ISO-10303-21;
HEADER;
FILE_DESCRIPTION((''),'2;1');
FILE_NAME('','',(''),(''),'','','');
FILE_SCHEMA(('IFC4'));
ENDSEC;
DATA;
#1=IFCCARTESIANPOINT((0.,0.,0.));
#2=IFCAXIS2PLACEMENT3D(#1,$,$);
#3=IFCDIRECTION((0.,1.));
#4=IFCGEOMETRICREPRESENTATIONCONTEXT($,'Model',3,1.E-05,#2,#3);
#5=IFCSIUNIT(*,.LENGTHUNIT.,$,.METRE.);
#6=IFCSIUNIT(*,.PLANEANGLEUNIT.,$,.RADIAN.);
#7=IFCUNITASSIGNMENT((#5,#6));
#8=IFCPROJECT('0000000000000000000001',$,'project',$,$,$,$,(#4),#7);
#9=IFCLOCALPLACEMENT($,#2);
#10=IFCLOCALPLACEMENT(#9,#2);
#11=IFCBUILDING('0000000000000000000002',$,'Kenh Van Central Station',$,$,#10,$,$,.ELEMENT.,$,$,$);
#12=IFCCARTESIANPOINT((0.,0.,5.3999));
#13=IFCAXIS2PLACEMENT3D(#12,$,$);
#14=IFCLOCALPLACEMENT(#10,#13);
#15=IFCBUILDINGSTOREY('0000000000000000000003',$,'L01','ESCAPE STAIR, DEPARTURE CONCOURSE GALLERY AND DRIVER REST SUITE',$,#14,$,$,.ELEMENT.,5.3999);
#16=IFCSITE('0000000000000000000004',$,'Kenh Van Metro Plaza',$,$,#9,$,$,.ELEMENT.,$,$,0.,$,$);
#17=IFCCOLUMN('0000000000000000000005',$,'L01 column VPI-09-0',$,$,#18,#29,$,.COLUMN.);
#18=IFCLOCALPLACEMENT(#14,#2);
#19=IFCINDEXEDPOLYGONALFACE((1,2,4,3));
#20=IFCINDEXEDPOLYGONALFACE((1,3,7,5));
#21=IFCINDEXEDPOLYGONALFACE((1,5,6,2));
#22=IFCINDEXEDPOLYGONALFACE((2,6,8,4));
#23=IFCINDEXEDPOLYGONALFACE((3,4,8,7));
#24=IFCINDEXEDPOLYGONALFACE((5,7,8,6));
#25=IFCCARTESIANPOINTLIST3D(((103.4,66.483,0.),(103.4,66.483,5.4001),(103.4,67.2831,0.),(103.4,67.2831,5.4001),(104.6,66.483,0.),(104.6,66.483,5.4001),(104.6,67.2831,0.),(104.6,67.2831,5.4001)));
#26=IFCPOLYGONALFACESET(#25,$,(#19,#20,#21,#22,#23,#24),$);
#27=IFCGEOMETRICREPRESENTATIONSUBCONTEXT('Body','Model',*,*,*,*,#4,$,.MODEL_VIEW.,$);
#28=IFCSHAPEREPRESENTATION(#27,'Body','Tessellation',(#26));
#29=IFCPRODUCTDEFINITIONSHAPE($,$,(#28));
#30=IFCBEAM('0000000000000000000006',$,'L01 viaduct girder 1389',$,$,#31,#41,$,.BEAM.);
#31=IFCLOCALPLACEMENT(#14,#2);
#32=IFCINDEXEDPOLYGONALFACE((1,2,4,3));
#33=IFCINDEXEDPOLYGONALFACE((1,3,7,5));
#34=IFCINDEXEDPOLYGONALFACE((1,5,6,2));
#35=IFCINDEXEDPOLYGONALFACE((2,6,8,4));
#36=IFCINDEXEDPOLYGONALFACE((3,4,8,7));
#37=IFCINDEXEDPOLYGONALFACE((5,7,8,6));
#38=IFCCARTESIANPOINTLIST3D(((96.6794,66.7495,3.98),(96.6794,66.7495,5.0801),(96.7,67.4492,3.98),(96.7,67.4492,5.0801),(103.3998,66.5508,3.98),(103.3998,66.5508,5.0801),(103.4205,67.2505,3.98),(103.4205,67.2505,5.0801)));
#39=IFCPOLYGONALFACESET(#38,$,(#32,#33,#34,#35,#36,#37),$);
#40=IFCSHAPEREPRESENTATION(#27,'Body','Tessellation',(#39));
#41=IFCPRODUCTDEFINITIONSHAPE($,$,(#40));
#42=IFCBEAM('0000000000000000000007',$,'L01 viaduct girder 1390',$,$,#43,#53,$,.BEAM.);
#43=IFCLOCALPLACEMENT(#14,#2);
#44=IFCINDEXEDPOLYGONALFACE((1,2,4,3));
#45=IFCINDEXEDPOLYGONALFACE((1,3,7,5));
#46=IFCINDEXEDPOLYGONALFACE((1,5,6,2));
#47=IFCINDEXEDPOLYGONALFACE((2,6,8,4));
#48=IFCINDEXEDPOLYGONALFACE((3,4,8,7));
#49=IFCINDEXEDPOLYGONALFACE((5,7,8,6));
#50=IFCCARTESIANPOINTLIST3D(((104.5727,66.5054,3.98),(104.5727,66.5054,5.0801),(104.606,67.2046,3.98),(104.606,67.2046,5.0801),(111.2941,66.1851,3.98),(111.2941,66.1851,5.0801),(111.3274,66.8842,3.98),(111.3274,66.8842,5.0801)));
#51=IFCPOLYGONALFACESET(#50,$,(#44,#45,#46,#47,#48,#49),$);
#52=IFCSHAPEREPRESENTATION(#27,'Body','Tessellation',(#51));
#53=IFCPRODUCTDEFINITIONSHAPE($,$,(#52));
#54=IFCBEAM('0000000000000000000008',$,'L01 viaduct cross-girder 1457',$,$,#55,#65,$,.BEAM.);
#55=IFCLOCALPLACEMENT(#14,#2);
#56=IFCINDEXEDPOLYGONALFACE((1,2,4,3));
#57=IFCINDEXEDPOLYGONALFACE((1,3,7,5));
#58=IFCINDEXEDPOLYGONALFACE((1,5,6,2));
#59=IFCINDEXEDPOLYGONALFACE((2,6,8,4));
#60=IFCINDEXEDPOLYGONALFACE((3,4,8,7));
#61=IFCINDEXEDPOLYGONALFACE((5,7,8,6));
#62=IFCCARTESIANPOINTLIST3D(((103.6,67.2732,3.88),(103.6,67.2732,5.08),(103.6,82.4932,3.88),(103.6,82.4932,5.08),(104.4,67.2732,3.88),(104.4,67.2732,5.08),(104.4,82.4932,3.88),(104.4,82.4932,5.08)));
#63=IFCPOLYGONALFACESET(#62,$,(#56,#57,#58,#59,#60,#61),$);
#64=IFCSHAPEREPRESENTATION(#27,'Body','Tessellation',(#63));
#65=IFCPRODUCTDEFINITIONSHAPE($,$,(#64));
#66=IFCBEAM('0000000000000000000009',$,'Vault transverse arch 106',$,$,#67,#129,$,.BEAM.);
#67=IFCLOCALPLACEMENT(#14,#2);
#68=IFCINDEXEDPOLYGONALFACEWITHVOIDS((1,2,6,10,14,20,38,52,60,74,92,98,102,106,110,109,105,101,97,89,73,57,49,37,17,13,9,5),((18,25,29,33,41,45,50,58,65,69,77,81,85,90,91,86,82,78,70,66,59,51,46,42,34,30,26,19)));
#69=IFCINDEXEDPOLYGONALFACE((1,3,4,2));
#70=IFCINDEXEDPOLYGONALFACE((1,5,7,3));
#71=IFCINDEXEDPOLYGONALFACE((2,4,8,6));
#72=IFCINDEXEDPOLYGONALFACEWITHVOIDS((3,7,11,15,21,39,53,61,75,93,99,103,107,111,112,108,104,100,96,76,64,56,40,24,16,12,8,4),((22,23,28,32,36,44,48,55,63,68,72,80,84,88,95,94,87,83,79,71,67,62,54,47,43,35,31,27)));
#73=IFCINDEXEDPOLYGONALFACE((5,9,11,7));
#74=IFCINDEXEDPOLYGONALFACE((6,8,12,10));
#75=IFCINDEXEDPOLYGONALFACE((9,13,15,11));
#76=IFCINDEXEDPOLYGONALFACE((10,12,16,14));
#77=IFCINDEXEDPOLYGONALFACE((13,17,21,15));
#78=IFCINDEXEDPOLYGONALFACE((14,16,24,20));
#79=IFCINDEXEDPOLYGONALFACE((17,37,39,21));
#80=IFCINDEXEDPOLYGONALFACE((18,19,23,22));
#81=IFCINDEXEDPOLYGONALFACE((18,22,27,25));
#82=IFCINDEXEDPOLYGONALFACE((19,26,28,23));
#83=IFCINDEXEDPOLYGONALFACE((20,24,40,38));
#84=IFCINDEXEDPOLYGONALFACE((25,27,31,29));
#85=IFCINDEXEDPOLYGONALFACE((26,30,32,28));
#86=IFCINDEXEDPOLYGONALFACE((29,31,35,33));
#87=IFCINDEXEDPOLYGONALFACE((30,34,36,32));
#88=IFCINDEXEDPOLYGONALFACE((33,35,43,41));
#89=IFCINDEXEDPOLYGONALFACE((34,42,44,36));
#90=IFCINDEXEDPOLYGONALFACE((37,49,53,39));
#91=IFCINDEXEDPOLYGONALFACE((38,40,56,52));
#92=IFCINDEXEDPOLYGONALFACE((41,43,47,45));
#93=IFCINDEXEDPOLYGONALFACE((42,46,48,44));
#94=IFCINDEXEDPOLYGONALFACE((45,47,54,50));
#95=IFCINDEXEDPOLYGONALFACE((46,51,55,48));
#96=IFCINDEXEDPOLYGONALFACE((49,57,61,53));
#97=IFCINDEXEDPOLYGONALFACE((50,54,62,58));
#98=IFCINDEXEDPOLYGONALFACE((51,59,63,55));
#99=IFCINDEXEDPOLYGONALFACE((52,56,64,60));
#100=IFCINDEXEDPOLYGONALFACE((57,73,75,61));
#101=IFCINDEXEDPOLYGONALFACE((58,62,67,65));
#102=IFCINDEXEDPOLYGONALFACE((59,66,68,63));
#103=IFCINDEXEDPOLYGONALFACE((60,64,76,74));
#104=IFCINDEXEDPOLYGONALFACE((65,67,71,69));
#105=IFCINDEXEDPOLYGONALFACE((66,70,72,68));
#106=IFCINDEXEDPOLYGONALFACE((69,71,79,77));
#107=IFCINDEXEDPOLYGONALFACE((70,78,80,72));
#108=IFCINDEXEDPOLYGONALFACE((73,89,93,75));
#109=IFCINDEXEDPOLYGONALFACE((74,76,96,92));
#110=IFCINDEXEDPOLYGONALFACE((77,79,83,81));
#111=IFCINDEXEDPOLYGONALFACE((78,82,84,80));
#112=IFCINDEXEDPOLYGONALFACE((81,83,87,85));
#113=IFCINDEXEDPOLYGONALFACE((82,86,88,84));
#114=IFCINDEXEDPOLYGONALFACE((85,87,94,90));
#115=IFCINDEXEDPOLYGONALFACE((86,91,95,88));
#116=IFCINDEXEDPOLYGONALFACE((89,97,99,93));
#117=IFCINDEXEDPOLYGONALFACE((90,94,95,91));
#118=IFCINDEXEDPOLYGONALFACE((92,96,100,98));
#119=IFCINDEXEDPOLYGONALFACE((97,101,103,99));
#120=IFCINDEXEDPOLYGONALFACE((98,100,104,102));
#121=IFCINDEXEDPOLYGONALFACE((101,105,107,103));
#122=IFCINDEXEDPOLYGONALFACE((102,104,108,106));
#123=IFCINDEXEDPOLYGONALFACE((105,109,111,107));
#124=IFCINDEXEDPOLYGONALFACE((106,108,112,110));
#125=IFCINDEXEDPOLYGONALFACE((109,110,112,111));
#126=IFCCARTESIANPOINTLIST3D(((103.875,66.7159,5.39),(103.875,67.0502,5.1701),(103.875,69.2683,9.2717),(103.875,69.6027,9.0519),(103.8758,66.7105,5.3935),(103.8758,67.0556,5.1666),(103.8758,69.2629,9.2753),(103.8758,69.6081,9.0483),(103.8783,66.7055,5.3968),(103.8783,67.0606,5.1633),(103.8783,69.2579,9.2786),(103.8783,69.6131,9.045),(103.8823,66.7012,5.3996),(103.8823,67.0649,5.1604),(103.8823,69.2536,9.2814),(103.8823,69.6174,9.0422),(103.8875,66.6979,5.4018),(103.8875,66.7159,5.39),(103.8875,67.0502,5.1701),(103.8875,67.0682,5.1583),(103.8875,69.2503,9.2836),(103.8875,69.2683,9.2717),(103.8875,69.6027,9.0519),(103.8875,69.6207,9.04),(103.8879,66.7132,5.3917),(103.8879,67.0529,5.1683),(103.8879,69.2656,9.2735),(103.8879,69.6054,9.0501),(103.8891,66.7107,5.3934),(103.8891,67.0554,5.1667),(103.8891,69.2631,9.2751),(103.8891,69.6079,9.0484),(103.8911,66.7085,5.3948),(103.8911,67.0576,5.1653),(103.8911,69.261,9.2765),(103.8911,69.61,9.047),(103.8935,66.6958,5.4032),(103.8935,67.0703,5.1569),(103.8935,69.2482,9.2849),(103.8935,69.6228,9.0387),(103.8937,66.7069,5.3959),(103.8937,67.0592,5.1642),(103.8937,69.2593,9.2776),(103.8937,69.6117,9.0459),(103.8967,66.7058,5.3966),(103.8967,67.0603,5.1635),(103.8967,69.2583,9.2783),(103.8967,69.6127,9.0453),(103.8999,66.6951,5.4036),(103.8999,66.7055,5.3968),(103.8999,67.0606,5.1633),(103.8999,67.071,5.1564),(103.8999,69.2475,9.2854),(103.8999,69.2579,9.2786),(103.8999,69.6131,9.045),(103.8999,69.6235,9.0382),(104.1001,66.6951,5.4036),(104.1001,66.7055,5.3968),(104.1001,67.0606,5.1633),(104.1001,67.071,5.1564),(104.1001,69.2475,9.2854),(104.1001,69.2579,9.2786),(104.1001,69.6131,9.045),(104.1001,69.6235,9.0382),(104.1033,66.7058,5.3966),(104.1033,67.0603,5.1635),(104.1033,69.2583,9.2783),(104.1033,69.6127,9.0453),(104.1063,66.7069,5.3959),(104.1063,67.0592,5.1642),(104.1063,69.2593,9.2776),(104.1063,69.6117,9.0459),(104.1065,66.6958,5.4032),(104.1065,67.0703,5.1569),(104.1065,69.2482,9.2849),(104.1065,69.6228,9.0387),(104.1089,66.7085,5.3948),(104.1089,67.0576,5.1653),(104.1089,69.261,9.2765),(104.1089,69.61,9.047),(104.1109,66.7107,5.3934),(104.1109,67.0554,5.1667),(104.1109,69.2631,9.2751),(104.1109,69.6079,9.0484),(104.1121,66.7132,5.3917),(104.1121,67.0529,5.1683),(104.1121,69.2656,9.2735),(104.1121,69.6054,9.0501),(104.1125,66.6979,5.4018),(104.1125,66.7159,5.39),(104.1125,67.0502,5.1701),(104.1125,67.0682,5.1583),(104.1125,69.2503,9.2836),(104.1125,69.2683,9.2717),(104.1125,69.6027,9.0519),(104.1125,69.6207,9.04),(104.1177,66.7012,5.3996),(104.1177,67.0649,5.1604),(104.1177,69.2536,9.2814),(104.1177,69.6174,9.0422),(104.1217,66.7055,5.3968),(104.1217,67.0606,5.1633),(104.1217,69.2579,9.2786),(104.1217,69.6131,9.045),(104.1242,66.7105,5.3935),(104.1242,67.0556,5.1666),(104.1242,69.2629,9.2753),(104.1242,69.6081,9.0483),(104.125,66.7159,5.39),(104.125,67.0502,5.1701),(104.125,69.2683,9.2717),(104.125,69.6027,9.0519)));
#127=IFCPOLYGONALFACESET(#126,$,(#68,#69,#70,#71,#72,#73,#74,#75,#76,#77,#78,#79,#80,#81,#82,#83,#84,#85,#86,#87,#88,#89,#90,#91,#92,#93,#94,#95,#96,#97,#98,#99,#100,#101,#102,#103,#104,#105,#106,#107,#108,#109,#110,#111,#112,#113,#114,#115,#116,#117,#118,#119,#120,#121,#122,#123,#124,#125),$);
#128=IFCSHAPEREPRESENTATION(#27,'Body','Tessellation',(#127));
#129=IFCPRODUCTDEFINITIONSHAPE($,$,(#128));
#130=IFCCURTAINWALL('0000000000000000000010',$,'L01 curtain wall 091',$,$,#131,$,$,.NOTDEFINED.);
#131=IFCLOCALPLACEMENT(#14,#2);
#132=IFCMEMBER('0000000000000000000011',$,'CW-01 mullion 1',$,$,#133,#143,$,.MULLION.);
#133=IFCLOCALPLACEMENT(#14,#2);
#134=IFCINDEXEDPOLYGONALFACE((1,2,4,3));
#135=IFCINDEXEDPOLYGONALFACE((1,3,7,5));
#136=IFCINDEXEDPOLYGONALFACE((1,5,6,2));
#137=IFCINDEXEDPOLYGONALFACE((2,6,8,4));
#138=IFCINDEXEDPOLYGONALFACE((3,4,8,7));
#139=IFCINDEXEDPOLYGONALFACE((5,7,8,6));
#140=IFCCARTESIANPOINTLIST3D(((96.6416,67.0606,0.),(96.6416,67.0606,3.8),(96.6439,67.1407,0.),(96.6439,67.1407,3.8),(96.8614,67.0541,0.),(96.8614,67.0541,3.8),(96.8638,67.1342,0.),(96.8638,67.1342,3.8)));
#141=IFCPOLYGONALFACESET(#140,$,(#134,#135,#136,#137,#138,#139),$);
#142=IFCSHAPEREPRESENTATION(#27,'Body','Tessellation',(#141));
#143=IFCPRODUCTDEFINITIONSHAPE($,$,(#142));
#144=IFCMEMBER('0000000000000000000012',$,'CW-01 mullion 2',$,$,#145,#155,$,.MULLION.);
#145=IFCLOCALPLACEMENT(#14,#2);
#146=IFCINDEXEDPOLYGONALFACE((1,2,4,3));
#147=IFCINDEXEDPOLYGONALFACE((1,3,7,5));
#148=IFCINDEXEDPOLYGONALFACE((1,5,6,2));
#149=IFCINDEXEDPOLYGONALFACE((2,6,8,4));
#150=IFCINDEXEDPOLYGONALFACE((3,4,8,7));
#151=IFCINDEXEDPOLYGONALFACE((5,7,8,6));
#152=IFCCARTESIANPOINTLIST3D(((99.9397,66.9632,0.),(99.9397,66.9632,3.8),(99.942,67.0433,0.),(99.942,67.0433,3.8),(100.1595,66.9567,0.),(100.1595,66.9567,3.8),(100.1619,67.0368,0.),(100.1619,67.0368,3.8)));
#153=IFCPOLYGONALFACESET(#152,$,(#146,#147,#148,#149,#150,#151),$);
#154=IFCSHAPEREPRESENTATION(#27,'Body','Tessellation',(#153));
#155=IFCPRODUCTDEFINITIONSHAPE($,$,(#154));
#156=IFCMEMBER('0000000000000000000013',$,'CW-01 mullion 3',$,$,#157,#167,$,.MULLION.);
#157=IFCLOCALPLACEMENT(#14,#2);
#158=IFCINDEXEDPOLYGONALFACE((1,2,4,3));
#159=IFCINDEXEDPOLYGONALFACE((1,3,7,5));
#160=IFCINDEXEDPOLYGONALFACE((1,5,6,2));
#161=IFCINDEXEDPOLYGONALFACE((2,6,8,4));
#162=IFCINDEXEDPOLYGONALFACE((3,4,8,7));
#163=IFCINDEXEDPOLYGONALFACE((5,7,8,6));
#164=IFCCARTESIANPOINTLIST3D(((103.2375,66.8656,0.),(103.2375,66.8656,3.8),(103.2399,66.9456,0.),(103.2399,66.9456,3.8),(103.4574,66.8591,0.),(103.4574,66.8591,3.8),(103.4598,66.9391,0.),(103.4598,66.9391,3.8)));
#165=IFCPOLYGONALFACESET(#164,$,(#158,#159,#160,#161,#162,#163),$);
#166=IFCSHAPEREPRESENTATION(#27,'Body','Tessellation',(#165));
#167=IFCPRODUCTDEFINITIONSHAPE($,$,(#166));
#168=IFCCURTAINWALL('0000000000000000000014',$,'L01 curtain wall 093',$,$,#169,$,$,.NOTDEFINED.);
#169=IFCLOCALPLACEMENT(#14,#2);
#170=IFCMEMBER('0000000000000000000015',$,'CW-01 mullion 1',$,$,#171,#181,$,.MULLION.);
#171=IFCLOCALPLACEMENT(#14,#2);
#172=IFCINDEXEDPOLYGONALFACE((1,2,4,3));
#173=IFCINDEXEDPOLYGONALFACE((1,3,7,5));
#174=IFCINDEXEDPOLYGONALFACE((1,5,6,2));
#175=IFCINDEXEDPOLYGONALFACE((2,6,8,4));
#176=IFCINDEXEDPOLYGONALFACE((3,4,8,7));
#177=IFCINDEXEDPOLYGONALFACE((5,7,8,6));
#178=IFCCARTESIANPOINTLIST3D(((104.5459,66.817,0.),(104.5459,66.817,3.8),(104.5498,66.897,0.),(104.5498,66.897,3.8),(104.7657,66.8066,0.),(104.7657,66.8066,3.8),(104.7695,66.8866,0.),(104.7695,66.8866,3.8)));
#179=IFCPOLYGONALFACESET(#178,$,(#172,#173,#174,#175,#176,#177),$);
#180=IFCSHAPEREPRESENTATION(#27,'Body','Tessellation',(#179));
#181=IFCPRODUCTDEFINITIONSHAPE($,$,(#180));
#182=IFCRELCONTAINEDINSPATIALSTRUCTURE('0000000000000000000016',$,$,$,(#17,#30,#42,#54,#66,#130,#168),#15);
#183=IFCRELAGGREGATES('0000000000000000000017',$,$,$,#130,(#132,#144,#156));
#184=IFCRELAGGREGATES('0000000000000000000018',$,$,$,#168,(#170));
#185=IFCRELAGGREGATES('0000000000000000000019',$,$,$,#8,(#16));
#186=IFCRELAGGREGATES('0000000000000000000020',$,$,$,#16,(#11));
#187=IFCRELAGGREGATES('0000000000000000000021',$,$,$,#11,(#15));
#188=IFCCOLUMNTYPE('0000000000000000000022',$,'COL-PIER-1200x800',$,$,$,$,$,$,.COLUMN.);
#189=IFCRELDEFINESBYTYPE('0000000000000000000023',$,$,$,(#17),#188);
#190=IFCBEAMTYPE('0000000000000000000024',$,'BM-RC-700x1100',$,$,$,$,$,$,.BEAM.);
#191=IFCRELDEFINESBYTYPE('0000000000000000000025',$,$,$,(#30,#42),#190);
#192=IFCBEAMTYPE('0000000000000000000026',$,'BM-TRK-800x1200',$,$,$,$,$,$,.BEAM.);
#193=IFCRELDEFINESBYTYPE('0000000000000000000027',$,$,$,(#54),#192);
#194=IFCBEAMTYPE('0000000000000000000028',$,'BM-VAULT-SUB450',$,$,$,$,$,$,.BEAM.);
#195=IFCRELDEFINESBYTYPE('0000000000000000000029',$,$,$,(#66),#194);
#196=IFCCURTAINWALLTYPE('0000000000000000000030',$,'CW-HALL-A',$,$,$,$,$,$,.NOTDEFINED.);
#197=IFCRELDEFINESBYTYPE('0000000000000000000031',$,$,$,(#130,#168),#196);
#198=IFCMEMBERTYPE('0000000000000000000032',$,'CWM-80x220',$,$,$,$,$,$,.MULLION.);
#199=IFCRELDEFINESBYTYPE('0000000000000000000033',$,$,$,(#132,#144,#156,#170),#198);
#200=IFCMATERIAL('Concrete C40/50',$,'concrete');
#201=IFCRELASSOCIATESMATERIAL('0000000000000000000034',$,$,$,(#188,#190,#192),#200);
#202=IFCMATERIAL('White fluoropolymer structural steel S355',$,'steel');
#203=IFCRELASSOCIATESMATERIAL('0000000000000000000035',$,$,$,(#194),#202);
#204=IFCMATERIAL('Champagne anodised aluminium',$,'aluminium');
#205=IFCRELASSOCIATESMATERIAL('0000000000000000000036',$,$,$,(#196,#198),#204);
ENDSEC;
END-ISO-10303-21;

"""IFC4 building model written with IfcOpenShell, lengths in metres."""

from ifc_helpers import new_model, si_unit, direction, frame, origin, origin_2d, place, context, subcontext, project, spatial, rectangle, hollow_rectangle, extrude, material, material_profile, profile_set, type_object, element, aggregate, save


model = new_model("IFC4")

# Units and contexts
model_context = context("Model", 3, precision=1e-05, world=origin(), true_north=direction((0.0, 1.0)))
body_context = subcontext(model_context, "Body", "Model", "MODEL_VIEW")
ifc_project = project(units=[si_unit("LENGTHUNIT", "METRE"), si_unit("PLANEANGLEUNIT", "RADIAN")], contexts=[model_context])

# Site, building, storey
site_placement = place(None, origin())
site = spatial("IfcSite", under=ifc_project, at=site_placement, Name="Kenh Van Metro Plaza", CompositionType="ELEMENT", RefElevation=0.0)
building_placement = place(site_placement, origin())
building = spatial("IfcBuilding", under=site, at=building_placement, Name="Kenh Van Central Station", CompositionType="ELEMENT")
storey_placement = place(building_placement, frame((0.0, 0.0, 5.3999)))
storey = spatial("IfcBuildingStorey", under=building, at=storey_placement, Name="L01", Description="ESCAPE STAIR, DEPARTURE CONCOURSE GALLERY AND DRIVER REST SUITE", CompositionType="ELEMENT", Elevation=5.3999)

# Column
ifc_material_1 = material(Name="Concrete C40/50", Category="concrete")
ifc_material_profile_1 = material_profile(ifc_material_1, rectangle(XDim=1.2, YDim=0.8, at=origin_2d()), Name="RC 1200x800")
ifc_profile_set_1 = profile_set([ifc_material_profile_1], Name="Concrete C40/50")
column_type = type_object("IfcColumnType", Name="COL-PIER-1200x800", PredefinedType="COLUMN", material=ifc_profile_set_1)
column_placement = place(storey_placement, frame((104.0, 66.8831, 0.0), z_axis=(0.0, 0.0, 1.0), x_axis=(1.0, 0.0, 0.0)))
element("IfcColumn", 1, at=column_placement, inside=storey, type_object=column_type, Name="L01 column VPI-09-0", PredefinedType="COLUMN", context=body_context, shape_type="SweptSolid", body=[
    extrude(rectangle(XDim=1.2, YDim=0.8, at=origin_2d()), origin(), (0.0, 0.0, 1.0), 5.4001),
])

# Beams
ifc_material_profile_2 = material_profile(ifc_material_1, rectangle(XDim=0.7, YDim=1.1001, at=origin_2d()), Name="RC 700x1100")
ifc_profile_set_2 = profile_set([ifc_material_profile_2], Name="Concrete C40/50")
beam_type_1 = type_object("IfcBeamType", Name="BM-RC-700x1100", PredefinedType="BEAM", material=ifc_profile_set_2)
beam_1_placement = place(storey_placement, frame((96.6897, 67.0994, 4.53), z_axis=(0.999563, -0.029558, 0.0), x_axis=(0.029558, 0.999563, 0.0)))
element("IfcBeam", 2, at=beam_1_placement, inside=storey, type_object=beam_type_1, Name="L01 viaduct girder 1389", PredefinedType="BEAM", context=body_context, shape_type="SweptSolid", body=[
    extrude(rectangle(XDim=0.7, YDim=1.1001, at=origin_2d()), origin(), (0.0, 0.0, 1.0), 6.7234),
])
beam_2_placement = place(storey_placement, frame((104.5894, 66.855, 4.53), z_axis=(0.998866, -0.047601, 0.0), x_axis=(0.047601, 0.998866, 0.0)))
element("IfcBeam", 3, at=beam_2_placement, inside=storey, type_object=beam_type_1, Name="L01 viaduct girder 1390", PredefinedType="BEAM", context=body_context, shape_type="SweptSolid", body=[
    extrude(rectangle(XDim=0.7, YDim=1.1001, at=origin_2d()), origin(), (0.0, 0.0, 1.0), 6.729),
])
ifc_material_profile_3 = material_profile(ifc_material_1, rectangle(XDim=0.8, YDim=1.2, at=origin_2d()), Name="RC 800x1200")
ifc_profile_set_3 = profile_set([ifc_material_profile_3], Name="Concrete C40/50")
beam_type_2 = type_object("IfcBeamType", Name="BM-TRK-800x1200", PredefinedType="BEAM", material=ifc_profile_set_3)
beam_3_placement = place(storey_placement, frame((104.0, 67.2732, 4.48), z_axis=(0.0, 1.0, 0.0), x_axis=(-1.0, 0.0, 0.0)))
element("IfcBeam", 4, at=beam_3_placement, inside=storey, type_object=beam_type_2, Name="L01 viaduct cross-girder 1457", PredefinedType="BEAM", context=body_context, shape_type="SweptSolid", body=[
    extrude(rectangle(XDim=0.8, YDim=1.2, at=origin_2d()), origin(), (0.0, 0.0, 1.0), 15.22),
])
ifc_material_2 = material(Name="White fluoropolymer structural steel S355", Category="steel")
ifc_material_profile_4 = material_profile(ifc_material_2, hollow_rectangle(XDim=0.25, YDim=0.45, WallThickness=0.0125, InnerFilletRadius=0.0125, OuterFilletRadius=0.0249, at=origin_2d()), Name="RHS 450x250x12.5")
ifc_profile_set_4 = profile_set([ifc_material_profile_4], Name="White fluoropolymer structural steel S355")
beam_type_3 = type_object("IfcBeamType", Name="BM-VAULT-SUB450", PredefinedType="BEAM", material=ifc_profile_set_4)
beam_4_placement = place(storey_placement, frame((104.0, 66.8831, 5.28), z_axis=(0.0, 0.549414, 0.83555), x_axis=(-1.0, 0.0, 0.0)))
element("IfcBeam", 5, at=beam_4_placement, inside=storey, type_object=beam_type_3, Name="Vault transverse arch 106", PredefinedType="BEAM", context=body_context, shape_type="SweptSolid", body=[
    extrude(hollow_rectangle(XDim=0.25, YDim=0.45, WallThickness=0.0125, InnerFilletRadius=0.0125, OuterFilletRadius=0.0249, at=origin_2d()), origin(), (0.0, 0.0, 1.0), 4.6458),
])

# Curtain wall, members
ifc_material_3 = material(Name="Champagne anodised aluminium", Category="aluminium")
curtain_wall_type = type_object("IfcCurtainWallType", Name="CW-HALL-A", PredefinedType="NOTDEFINED", material=ifc_material_3)
curtain_wall_1_placement = place(storey_placement, origin())
curtain_wall_1 = element("IfcCurtainWall", 6, at=curtain_wall_1_placement, inside=storey, type_object=curtain_wall_type, Name="L01 curtain wall 091", PredefinedType="NOTDEFINED")
ifc_material_profile_5 = material_profile(ifc_material_3, rectangle(XDim=0.0801, YDim=0.22, at=origin_2d()), Name="AL 80x220")
ifc_profile_set_5 = profile_set([ifc_material_profile_5], Name="Champagne anodised aluminium")
member_type_1 = type_object("IfcMemberType", Name="CWM-80x220", PredefinedType="MULLION", material=ifc_profile_set_5)
member_1_placement = place(storey_placement, frame((96.7527, 67.0974, 0.0), z_axis=(0.0, 0.0, 1.0), x_axis=(0.029571, 0.999563, 0.0)))
member_1 = element("IfcMember", 7, at=member_1_placement, type_object=member_type_1, Name="CW-01 mullion 1", PredefinedType="MULLION", context=body_context, shape_type="SweptSolid", body=[
    extrude(rectangle(XDim=0.0801, YDim=0.22, at=origin_2d()), origin(), (0.0, 0.0, 1.0), 3.8),
])
member_2_placement = place(storey_placement, frame((100.0508, 67.0, 0.0), z_axis=(0.0, 0.0, 1.0), x_axis=(0.029571, 0.999563, 0.0)))
member_2 = element("IfcMember", 8, at=member_2_placement, type_object=member_type_1, Name="CW-01 mullion 2", PredefinedType="MULLION", context=body_context, shape_type="SweptSolid", body=[
    extrude(rectangle(XDim=0.0801, YDim=0.22, at=origin_2d()), origin(), (0.0, 0.0, 1.0), 3.8),
])
member_3_placement = place(storey_placement, frame((103.3486, 66.9023, 0.0), z_axis=(0.0, 0.0, 1.0), x_axis=(0.029571, 0.999563, 0.0)))
member_3 = element("IfcMember", 9, at=member_3_placement, type_object=member_type_1, Name="CW-01 mullion 3", PredefinedType="MULLION", context=body_context, shape_type="SweptSolid", body=[
    extrude(rectangle(XDim=0.0801, YDim=0.22, at=origin_2d()), origin(), (0.0, 0.0, 1.0), 3.8),
])

# Curtain wall, member
curtain_wall_2_placement = place(storey_placement, origin())
curtain_wall_2 = element("IfcCurtainWall", 10, at=curtain_wall_2_placement, inside=storey, type_object=curtain_wall_type, Name="L01 curtain wall 093", PredefinedType="NOTDEFINED")
member_4_placement = place(storey_placement, frame((104.6577, 66.8518, 0.0), z_axis=(0.0, 0.0, 1.0), x_axis=(0.047601, 0.998866, 0.0)))
member_4 = element("IfcMember", 11, at=member_4_placement, type_object=member_type_1, Name="CW-01 mullion 1", PredefinedType="MULLION", context=body_context, shape_type="SweptSolid", body=[
    extrude(rectangle(XDim=0.0801, YDim=0.22, at=origin_2d()), origin(), (0.0, 0.0, 1.0), 3.8),
])

aggregate(curtain_wall_1, [member_1, member_2, member_3])
aggregate(curtain_wall_2, [member_4])

save(model, "model.ifc")
